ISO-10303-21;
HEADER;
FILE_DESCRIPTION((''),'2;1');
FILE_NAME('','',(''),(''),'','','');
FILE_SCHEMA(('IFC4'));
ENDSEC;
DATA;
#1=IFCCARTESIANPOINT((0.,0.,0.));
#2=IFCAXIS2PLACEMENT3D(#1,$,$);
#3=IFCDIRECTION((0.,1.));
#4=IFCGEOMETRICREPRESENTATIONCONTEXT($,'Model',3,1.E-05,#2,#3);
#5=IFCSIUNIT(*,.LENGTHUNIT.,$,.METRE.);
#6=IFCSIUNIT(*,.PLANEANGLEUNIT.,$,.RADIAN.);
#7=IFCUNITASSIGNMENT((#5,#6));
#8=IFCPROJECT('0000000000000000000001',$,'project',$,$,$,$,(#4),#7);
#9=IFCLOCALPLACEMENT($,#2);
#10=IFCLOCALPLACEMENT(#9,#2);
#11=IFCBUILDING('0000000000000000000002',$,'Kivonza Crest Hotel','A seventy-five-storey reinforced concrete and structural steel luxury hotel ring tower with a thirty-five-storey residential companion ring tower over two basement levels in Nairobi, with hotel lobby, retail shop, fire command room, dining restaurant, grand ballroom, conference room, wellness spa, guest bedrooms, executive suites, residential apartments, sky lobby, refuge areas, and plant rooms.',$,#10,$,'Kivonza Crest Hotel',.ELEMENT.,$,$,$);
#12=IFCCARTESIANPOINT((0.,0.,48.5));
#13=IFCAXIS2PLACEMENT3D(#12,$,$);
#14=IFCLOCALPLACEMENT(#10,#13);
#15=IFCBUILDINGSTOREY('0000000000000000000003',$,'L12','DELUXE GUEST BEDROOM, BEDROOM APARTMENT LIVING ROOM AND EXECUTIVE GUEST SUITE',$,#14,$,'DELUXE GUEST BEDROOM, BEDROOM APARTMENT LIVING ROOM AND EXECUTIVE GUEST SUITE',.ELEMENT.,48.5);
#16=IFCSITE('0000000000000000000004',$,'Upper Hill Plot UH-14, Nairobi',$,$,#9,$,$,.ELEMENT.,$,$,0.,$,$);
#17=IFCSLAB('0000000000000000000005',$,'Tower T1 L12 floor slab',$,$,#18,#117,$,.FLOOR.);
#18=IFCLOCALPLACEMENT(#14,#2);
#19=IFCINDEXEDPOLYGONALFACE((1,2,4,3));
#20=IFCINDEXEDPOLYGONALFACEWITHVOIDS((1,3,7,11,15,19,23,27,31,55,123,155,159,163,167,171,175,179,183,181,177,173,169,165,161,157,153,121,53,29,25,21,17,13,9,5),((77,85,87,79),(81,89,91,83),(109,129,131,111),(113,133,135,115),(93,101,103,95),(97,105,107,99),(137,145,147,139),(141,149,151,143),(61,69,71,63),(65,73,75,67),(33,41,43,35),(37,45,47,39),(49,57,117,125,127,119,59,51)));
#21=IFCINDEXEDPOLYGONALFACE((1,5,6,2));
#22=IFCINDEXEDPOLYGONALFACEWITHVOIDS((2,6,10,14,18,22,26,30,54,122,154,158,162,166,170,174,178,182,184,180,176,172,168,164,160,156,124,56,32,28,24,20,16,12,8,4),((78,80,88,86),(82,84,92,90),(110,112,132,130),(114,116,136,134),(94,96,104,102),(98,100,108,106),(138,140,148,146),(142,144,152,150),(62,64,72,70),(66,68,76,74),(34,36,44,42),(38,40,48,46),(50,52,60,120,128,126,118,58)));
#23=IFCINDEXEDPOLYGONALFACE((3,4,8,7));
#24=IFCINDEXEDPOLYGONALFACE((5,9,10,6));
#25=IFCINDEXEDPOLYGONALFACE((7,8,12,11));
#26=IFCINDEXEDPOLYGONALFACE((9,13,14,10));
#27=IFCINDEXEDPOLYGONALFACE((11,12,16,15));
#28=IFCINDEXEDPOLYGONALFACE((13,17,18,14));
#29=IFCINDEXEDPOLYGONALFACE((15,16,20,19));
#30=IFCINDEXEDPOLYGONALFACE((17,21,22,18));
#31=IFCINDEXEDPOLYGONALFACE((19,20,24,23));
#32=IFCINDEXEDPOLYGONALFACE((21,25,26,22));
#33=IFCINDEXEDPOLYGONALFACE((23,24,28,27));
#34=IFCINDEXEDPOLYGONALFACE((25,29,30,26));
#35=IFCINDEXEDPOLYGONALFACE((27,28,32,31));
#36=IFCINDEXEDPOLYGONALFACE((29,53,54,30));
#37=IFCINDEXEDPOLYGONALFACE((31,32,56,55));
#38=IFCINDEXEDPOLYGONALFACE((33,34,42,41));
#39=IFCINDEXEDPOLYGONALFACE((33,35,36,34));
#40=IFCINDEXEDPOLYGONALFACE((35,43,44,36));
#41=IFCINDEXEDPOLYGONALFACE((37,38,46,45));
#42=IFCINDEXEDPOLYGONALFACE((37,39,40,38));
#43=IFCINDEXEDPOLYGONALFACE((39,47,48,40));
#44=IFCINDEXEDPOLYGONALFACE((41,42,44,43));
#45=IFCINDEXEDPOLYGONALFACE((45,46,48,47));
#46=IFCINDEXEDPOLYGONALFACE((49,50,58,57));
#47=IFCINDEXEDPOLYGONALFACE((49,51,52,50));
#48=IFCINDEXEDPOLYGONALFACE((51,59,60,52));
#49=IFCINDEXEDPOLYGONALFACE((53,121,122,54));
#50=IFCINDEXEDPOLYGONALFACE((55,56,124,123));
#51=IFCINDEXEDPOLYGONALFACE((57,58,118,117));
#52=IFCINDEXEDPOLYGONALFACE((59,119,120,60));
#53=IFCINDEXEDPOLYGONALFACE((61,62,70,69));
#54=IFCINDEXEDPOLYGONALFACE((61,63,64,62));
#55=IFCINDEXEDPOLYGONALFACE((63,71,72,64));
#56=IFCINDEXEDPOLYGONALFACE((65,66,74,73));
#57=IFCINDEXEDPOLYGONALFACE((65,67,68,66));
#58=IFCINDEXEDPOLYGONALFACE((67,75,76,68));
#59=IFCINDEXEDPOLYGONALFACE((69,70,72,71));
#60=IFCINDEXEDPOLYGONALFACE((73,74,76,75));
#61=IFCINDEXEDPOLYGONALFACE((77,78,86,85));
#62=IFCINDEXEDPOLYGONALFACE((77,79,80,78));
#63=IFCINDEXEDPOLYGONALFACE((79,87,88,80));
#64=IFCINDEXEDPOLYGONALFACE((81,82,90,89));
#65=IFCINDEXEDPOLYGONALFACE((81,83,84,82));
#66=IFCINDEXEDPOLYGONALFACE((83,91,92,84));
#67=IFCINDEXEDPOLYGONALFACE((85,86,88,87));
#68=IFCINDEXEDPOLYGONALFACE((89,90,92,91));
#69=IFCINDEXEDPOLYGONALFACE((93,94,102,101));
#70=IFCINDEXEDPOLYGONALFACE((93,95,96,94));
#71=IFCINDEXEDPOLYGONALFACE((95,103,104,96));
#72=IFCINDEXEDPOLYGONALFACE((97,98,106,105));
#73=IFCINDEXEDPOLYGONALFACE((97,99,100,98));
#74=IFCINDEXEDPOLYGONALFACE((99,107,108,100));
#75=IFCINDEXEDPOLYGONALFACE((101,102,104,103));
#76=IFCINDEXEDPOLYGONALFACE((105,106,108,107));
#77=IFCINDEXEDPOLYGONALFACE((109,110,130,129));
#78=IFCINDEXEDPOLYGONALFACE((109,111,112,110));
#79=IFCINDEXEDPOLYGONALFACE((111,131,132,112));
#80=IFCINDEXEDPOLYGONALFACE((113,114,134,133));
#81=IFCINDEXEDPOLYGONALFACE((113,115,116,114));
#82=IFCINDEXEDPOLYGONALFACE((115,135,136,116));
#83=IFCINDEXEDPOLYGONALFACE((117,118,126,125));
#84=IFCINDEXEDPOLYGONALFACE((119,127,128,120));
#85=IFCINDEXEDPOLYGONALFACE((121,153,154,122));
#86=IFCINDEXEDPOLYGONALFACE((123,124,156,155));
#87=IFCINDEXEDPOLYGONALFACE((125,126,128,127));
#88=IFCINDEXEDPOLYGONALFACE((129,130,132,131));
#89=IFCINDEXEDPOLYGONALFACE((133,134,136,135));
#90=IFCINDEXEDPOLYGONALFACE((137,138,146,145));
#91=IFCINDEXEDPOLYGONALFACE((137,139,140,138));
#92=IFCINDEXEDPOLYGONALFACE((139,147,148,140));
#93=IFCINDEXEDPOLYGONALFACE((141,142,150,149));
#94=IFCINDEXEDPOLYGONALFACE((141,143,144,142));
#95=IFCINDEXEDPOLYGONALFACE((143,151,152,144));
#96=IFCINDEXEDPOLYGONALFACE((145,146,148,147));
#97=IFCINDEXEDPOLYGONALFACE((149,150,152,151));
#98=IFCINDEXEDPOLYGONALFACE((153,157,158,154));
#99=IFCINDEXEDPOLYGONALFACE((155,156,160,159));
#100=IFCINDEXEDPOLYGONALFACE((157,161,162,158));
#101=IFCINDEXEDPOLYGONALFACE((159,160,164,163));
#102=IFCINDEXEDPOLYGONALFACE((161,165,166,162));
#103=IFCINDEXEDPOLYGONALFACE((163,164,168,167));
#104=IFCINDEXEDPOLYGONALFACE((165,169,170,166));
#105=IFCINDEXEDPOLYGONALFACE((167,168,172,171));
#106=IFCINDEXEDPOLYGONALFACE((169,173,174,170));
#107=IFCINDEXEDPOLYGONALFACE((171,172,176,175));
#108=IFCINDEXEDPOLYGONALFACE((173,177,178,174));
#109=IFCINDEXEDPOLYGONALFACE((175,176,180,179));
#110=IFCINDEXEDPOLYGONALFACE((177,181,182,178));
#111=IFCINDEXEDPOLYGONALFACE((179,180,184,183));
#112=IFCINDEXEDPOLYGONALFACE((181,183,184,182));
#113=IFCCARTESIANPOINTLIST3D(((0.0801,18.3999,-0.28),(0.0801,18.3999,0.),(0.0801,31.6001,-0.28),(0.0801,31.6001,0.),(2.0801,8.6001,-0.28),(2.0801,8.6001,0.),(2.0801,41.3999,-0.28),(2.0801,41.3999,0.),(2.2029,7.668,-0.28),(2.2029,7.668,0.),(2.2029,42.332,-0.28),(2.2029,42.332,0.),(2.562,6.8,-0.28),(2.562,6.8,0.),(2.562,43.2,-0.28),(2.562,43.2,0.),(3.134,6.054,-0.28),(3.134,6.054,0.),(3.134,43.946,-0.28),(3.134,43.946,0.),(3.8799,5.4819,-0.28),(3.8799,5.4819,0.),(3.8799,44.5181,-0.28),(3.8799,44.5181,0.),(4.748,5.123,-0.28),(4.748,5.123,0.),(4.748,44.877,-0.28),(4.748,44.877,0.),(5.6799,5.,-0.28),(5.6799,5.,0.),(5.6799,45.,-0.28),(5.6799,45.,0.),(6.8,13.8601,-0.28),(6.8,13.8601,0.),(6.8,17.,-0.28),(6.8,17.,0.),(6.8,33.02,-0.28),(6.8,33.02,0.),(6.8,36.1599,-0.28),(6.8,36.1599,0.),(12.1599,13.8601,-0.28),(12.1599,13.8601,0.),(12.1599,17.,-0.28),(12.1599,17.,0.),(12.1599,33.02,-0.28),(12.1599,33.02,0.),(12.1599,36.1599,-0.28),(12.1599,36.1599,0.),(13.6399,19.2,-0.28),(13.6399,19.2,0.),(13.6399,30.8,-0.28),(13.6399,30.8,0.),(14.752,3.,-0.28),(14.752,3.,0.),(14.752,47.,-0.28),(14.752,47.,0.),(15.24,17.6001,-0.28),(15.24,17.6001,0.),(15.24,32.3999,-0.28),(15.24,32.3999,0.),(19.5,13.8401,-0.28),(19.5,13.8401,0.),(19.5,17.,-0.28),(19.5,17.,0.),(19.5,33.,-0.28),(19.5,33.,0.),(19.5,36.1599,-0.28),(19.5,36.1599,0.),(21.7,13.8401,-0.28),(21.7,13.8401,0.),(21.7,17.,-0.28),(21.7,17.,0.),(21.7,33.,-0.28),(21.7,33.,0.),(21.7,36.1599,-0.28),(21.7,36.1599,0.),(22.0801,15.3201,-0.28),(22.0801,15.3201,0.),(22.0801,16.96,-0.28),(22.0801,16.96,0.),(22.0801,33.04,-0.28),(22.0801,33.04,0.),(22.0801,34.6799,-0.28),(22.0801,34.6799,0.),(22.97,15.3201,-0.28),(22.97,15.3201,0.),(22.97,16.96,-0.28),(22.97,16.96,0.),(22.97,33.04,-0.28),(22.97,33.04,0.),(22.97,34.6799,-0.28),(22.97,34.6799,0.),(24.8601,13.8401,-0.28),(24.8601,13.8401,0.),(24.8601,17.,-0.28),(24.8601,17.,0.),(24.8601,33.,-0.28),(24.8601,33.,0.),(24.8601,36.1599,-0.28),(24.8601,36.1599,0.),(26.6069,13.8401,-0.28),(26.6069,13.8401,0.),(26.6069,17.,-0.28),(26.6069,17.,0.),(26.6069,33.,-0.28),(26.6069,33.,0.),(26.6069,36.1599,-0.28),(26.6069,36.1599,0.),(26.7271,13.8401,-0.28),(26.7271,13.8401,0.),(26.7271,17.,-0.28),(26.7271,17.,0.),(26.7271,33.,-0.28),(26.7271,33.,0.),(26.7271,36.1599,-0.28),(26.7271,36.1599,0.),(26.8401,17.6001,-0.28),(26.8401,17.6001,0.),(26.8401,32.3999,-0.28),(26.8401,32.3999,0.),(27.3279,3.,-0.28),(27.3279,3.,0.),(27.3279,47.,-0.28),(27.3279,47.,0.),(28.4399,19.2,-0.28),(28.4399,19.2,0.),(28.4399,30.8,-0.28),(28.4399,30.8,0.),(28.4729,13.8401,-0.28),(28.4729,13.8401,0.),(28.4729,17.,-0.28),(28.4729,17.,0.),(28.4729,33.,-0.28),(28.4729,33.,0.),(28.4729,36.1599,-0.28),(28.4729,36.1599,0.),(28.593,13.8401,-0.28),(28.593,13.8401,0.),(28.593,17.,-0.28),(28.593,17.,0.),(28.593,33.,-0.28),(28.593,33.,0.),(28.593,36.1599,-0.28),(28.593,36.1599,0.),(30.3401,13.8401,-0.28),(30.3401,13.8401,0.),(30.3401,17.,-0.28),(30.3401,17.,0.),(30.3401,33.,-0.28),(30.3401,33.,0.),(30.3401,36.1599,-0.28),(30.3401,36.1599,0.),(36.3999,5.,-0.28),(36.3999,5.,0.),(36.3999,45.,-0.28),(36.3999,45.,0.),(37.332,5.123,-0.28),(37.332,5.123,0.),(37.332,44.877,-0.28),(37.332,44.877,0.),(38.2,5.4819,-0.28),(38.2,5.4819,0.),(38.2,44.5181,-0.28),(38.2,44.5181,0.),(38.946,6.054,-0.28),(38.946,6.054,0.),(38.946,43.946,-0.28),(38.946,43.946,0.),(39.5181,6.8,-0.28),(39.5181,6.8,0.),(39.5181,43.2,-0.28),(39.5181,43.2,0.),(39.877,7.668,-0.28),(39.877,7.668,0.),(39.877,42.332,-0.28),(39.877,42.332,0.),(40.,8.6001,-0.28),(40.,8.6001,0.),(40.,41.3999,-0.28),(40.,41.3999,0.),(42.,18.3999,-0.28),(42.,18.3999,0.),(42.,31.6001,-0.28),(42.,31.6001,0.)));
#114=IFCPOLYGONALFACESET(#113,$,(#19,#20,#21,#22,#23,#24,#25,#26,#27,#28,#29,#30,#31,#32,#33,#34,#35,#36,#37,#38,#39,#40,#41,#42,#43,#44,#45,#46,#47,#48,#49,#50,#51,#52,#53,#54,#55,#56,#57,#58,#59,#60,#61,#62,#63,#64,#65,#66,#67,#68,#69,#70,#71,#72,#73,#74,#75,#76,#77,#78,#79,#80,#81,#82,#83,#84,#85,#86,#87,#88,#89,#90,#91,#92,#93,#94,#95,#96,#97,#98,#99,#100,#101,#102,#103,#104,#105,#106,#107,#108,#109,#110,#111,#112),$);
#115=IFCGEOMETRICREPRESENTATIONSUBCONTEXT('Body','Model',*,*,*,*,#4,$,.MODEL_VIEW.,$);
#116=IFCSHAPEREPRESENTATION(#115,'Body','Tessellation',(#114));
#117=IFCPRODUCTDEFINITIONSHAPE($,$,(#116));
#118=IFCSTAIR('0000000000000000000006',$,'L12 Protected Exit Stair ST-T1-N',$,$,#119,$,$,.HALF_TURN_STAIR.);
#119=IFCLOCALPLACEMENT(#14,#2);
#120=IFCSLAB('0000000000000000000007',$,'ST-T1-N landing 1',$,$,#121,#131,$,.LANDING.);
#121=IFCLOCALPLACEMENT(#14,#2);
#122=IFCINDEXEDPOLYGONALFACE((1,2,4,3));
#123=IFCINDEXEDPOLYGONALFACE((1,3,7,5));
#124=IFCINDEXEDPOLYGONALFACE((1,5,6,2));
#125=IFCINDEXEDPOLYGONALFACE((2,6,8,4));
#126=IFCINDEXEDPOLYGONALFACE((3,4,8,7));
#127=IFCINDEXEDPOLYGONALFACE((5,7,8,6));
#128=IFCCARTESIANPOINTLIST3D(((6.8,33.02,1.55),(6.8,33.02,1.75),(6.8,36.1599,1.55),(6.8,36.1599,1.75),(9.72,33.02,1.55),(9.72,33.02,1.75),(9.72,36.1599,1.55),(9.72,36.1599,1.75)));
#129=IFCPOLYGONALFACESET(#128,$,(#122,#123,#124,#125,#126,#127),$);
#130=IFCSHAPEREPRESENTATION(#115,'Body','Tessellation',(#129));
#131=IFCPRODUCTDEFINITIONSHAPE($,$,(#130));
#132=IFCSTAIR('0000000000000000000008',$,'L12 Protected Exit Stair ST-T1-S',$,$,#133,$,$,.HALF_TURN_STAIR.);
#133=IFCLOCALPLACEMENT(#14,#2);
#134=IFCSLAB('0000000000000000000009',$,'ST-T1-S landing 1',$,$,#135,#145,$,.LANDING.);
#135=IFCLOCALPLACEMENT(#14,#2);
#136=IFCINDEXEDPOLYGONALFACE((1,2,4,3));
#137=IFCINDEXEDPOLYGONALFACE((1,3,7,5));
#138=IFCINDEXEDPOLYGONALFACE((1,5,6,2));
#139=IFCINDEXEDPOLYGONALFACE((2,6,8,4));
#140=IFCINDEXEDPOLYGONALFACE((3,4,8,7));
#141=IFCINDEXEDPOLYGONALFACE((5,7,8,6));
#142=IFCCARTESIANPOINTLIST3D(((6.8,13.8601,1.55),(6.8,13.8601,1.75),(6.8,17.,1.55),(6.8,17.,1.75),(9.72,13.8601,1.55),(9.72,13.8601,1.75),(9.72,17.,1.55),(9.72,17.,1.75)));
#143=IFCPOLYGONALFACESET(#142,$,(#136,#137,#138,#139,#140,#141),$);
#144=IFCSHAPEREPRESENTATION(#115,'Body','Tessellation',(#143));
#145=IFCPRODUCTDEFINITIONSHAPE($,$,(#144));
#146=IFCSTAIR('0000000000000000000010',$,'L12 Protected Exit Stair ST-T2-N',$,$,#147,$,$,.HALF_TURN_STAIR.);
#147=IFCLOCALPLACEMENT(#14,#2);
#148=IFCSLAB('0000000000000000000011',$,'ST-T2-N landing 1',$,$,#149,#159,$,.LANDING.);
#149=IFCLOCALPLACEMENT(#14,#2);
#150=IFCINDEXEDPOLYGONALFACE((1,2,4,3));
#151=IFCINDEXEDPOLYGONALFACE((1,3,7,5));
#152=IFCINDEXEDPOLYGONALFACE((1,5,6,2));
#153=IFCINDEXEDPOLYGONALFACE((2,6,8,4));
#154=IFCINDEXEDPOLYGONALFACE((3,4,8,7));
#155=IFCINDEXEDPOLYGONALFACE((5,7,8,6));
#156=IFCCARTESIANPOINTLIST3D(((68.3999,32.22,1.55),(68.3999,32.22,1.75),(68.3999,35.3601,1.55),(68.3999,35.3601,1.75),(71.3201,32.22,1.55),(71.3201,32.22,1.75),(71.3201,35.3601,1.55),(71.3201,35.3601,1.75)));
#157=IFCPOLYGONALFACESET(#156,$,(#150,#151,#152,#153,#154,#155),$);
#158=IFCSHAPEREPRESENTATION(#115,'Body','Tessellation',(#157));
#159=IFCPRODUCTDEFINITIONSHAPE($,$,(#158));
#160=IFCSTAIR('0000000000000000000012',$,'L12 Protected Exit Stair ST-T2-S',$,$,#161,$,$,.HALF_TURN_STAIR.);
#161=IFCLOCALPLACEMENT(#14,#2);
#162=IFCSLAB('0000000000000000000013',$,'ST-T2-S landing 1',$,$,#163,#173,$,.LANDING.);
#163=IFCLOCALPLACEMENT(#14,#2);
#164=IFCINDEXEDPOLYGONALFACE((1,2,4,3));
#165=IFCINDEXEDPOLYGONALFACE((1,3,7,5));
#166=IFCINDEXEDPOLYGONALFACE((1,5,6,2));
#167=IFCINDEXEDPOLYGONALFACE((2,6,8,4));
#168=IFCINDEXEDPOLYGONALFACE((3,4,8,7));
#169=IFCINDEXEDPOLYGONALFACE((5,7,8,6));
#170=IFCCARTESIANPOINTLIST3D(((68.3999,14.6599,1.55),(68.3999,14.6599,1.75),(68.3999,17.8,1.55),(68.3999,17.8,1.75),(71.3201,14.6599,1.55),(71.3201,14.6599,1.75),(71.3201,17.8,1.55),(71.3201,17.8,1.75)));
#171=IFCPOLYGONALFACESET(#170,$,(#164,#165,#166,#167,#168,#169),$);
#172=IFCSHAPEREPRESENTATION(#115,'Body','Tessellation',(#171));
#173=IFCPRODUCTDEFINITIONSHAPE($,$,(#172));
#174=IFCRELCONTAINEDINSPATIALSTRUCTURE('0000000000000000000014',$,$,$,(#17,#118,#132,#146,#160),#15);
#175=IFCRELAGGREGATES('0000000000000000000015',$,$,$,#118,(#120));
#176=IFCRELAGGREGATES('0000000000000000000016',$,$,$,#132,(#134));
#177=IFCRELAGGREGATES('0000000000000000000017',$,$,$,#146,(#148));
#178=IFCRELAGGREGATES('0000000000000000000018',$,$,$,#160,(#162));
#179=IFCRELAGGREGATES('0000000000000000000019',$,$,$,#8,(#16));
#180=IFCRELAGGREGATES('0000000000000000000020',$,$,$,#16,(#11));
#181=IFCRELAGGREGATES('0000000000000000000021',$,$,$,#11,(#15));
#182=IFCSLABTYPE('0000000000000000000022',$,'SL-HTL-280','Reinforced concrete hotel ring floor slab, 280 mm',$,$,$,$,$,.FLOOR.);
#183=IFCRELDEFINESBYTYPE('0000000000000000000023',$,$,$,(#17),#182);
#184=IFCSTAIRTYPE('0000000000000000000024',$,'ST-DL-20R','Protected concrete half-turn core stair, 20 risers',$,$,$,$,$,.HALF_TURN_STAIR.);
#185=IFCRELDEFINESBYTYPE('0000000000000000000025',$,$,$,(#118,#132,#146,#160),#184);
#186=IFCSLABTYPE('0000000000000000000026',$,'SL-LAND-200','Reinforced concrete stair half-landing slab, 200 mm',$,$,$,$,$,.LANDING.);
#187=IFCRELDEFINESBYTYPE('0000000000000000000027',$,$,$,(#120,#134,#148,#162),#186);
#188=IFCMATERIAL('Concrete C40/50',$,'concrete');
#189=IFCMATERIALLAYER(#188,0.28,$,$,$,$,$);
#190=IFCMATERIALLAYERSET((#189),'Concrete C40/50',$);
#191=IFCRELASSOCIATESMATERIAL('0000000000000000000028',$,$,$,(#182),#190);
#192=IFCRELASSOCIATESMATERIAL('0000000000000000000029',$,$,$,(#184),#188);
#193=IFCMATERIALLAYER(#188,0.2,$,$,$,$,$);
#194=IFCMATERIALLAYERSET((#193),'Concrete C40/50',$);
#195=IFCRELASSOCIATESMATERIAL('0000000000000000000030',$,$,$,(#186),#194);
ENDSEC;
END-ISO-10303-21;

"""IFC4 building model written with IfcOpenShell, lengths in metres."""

from ifc_helpers import new_model, si_unit, direction, frame, origin, place, context, subcontext, project, spatial, polyline, outline, extrude, material, layer, layer_set, type_object, element, aggregate, save


model = new_model("IFC4")

# Units and contexts
model_context = context("Model", 3, precision=1e-05, world=origin(), true_north=direction((0.0, 1.0)))
body_context = subcontext(model_context, "Body", "Model", "MODEL_VIEW")
ifc_project = project(units=[si_unit("LENGTHUNIT", "METRE"), si_unit("PLANEANGLEUNIT", "RADIAN")], contexts=[model_context])

# Site, building, storey
site_placement = place(None, origin())
site = spatial("IfcSite", under=ifc_project, at=site_placement, Name="Upper Hill Plot UH-14, Nairobi", CompositionType="ELEMENT", RefElevation=0.0)
building_placement = place(site_placement, origin())
building = spatial("IfcBuilding", under=site, at=building_placement, Name="Kivonza Crest Hotel", Description="A seventy-five-storey reinforced concrete and structural steel luxury hotel ring tower with a thirty-five-storey residential companion ring tower over two basement levels in Nairobi, with hotel lobby, retail shop, fire command room, dining restaurant, grand ballroom, conference room, wellness spa, guest bedrooms, executive suites, residential apartments, sky lobby, refuge areas, and plant rooms.", LongName="Kivonza Crest Hotel", CompositionType="ELEMENT")
storey_placement = place(building_placement, frame((0.0, 0.0, 48.5)))
storey = spatial("IfcBuildingStorey", under=building, at=storey_placement, Name="L12", Description="DELUXE GUEST BEDROOM, BEDROOM APARTMENT LIVING ROOM AND EXECUTIVE GUEST SUITE", LongName="DELUXE GUEST BEDROOM, BEDROOM APARTMENT LIVING ROOM AND EXECUTIVE GUEST SUITE", CompositionType="ELEMENT", Elevation=48.5)

# Slab
ifc_material_1 = material(Name="Concrete C40/50", Category="concrete")
ifc_layer_1 = layer(ifc_material_1, 0.28)
ifc_layer_set_1 = layer_set([ifc_layer_1], Name="Concrete C40/50")
slab_type_1 = type_object("IfcSlabType", Name="SL-HTL-280", Description="Reinforced concrete hotel ring floor slab, 280 mm", PredefinedType="FLOOR", material=ifc_layer_set_1)
slab_1_placement = place(storey_placement, frame((0.0, 0.0, -0.28)))
element("IfcSlab", 1, at=slab_1_placement, inside=storey, type_object=slab_type_1, Name="Tower T1 L12 floor slab", PredefinedType="FLOOR", context=body_context, shape_type="SweptSolid", body=[
    extrude(outline(polyline([(2.0801, 8.6001), (2.2029, 7.668), (2.562, 6.8), (3.134, 6.054), (3.8799, 5.4819), (4.748, 5.123), (5.6799, 5.0), (14.752, 3.0), (27.3279, 3.0), (36.3999, 5.0), (37.332, 5.123), (38.2, 5.4819), (38.946, 6.054), (39.5181, 6.8), (39.877, 7.668), (40.0, 8.6001), (42.0, 18.3999), (42.0, 31.6001), (40.0, 41.3999), (39.877, 42.332), (39.5181, 43.2), (38.946, 43.946), (38.2, 44.5181), (37.332, 44.877), (36.3999, 45.0), (27.3279, 47.0), (14.752, 47.0), (5.6799, 45.0), (4.748, 44.877), (3.8799, 44.5181), (3.134, 43.946), (2.562, 43.2), (2.2029, 42.332), (2.0801, 41.3999), (0.0801, 31.6001), (0.0801, 18.3999), (2.0801, 8.6001)]), holes=[polyline([(15.24, 17.6001), (26.8401, 17.6001), (28.4399, 19.2), (28.4399, 30.8), (26.8401, 32.3999), (15.24, 32.3999), (13.6399, 30.8), (13.6399, 19.2), (15.24, 17.6001)]), polyline([(6.8, 33.02), (12.1599, 33.02), (12.1599, 36.1599), (6.8, 36.1599), (6.8, 33.02)]), polyline([(6.8, 13.8601), (12.1599, 13.8601), (12.1599, 17.0), (6.8, 17.0), (6.8, 13.8601)]), polyline([(22.0801, 33.04), (22.97, 33.04), (22.97, 34.6799), (22.0801, 34.6799), (22.0801, 33.04)]), polyline([(22.0801, 15.3201), (22.97, 15.3201), (22.97, 16.96), (22.0801, 16.96), (22.0801, 15.3201)]), polyline([(19.5, 33.0), (21.7, 33.0), (21.7, 36.1599), (19.5, 36.1599), (19.5, 33.0)]), polyline([(24.8601, 33.0), (26.6069, 33.0), (26.6069, 36.1599), (24.8601, 36.1599), (24.8601, 33.0)]), polyline([(26.7271, 33.0), (28.4729, 33.0), (28.4729, 36.1599), (26.7271, 36.1599), (26.7271, 33.0)]), polyline([(28.593, 33.0), (30.3401, 33.0), (30.3401, 36.1599), (28.593, 36.1599), (28.593, 33.0)]), polyline([(19.5, 13.8401), (21.7, 13.8401), (21.7, 17.0), (19.5, 17.0), (19.5, 13.8401)]), polyline([(24.8601, 13.8401), (26.6069, 13.8401), (26.6069, 17.0), (24.8601, 17.0), (24.8601, 13.8401)]), polyline([(26.7271, 13.8401), (28.4729, 13.8401), (28.4729, 17.0), (26.7271, 17.0), (26.7271, 13.8401)]), polyline([(28.593, 13.8401), (30.3401, 13.8401), (30.3401, 17.0), (28.593, 17.0), (28.593, 13.8401)])]), origin(), (0.0, 0.0, 1.0), 0.28),
])

# Stairs, slabs
stair_type = type_object("IfcStairType", Name="ST-DL-20R", Description="Protected concrete half-turn core stair, 20 risers", PredefinedType="HALF_TURN_STAIR", material=ifc_material_1)
stair_1_placement = place(storey_placement, origin())
stair_1 = element("IfcStair", 2, at=stair_1_placement, inside=storey, type_object=stair_type, Name="L12 Protected Exit Stair ST-T1-N", PredefinedType="HALF_TURN_STAIR")
ifc_layer_2 = layer(ifc_material_1, 0.2)
ifc_layer_set_2 = layer_set([ifc_layer_2], Name="Concrete C40/50")
slab_type_2 = type_object("IfcSlabType", Name="SL-LAND-200", Description="Reinforced concrete stair half-landing slab, 200 mm", PredefinedType="LANDING", material=ifc_layer_set_2)
slab_2_placement = place(storey_placement, frame((0.0, 0.0, 1.55)))
slab_2 = element("IfcSlab", 3, at=slab_2_placement, type_object=slab_type_2, Name="ST-T1-N landing 1", PredefinedType="LANDING", context=body_context, shape_type="SweptSolid", body=[
    extrude(outline(polyline([(9.72, 36.1599), (6.8, 36.1599), (6.8, 33.02), (9.72, 33.02), (9.72, 36.1599)])), origin(), (0.0, 0.0, 1.0), 0.2),
])
aggregate(stair_1, [slab_2])
stair_2_placement = place(storey_placement, origin())
stair_2 = element("IfcStair", 4, at=stair_2_placement, inside=storey, type_object=stair_type, Name="L12 Protected Exit Stair ST-T1-S", PredefinedType="HALF_TURN_STAIR")
slab_3_placement = place(storey_placement, frame((0.0, 0.0, 1.55)))
slab_3 = element("IfcSlab", 5, at=slab_3_placement, type_object=slab_type_2, Name="ST-T1-S landing 1", PredefinedType="LANDING", context=body_context, shape_type="SweptSolid", body=[
    extrude(outline(polyline([(9.72, 17.0), (6.8, 17.0), (6.8, 13.8601), (9.72, 13.8601), (9.72, 17.0)])), origin(), (0.0, 0.0, 1.0), 0.2),
])
aggregate(stair_2, [slab_3])
stair_3_placement = place(storey_placement, origin())
stair_3 = element("IfcStair", 6, at=stair_3_placement, inside=storey, type_object=stair_type, Name="L12 Protected Exit Stair ST-T2-N", PredefinedType="HALF_TURN_STAIR")
slab_4_placement = place(storey_placement, frame((0.0, 0.0, 1.55)))
slab_4 = element("IfcSlab", 7, at=slab_4_placement, type_object=slab_type_2, Name="ST-T2-N landing 1", PredefinedType="LANDING", context=body_context, shape_type="SweptSolid", body=[
    extrude(outline(polyline([(71.3201, 35.3601), (68.3999, 35.3601), (68.3999, 32.22), (71.3201, 32.22), (71.3201, 35.3601)])), origin(), (0.0, 0.0, 1.0), 0.2),
])
aggregate(stair_3, [slab_4])
stair_4_placement = place(storey_placement, origin())
stair_4 = element("IfcStair", 8, at=stair_4_placement, inside=storey, type_object=stair_type, Name="L12 Protected Exit Stair ST-T2-S", PredefinedType="HALF_TURN_STAIR")
slab_5_placement = place(storey_placement, frame((0.0, 0.0, 1.55)))
slab_5 = element("IfcSlab", 9, at=slab_5_placement, type_object=slab_type_2, Name="ST-T2-S landing 1", PredefinedType="LANDING", context=body_context, shape_type="SweptSolid", body=[
    extrude(outline(polyline([(71.3201, 17.8), (68.3999, 17.8), (68.3999, 14.6599), (71.3201, 14.6599), (71.3201, 17.8)])), origin(), (0.0, 0.0, 1.0), 0.2),
])
aggregate(stair_4, [slab_5])

save(model, "model.ifc")
